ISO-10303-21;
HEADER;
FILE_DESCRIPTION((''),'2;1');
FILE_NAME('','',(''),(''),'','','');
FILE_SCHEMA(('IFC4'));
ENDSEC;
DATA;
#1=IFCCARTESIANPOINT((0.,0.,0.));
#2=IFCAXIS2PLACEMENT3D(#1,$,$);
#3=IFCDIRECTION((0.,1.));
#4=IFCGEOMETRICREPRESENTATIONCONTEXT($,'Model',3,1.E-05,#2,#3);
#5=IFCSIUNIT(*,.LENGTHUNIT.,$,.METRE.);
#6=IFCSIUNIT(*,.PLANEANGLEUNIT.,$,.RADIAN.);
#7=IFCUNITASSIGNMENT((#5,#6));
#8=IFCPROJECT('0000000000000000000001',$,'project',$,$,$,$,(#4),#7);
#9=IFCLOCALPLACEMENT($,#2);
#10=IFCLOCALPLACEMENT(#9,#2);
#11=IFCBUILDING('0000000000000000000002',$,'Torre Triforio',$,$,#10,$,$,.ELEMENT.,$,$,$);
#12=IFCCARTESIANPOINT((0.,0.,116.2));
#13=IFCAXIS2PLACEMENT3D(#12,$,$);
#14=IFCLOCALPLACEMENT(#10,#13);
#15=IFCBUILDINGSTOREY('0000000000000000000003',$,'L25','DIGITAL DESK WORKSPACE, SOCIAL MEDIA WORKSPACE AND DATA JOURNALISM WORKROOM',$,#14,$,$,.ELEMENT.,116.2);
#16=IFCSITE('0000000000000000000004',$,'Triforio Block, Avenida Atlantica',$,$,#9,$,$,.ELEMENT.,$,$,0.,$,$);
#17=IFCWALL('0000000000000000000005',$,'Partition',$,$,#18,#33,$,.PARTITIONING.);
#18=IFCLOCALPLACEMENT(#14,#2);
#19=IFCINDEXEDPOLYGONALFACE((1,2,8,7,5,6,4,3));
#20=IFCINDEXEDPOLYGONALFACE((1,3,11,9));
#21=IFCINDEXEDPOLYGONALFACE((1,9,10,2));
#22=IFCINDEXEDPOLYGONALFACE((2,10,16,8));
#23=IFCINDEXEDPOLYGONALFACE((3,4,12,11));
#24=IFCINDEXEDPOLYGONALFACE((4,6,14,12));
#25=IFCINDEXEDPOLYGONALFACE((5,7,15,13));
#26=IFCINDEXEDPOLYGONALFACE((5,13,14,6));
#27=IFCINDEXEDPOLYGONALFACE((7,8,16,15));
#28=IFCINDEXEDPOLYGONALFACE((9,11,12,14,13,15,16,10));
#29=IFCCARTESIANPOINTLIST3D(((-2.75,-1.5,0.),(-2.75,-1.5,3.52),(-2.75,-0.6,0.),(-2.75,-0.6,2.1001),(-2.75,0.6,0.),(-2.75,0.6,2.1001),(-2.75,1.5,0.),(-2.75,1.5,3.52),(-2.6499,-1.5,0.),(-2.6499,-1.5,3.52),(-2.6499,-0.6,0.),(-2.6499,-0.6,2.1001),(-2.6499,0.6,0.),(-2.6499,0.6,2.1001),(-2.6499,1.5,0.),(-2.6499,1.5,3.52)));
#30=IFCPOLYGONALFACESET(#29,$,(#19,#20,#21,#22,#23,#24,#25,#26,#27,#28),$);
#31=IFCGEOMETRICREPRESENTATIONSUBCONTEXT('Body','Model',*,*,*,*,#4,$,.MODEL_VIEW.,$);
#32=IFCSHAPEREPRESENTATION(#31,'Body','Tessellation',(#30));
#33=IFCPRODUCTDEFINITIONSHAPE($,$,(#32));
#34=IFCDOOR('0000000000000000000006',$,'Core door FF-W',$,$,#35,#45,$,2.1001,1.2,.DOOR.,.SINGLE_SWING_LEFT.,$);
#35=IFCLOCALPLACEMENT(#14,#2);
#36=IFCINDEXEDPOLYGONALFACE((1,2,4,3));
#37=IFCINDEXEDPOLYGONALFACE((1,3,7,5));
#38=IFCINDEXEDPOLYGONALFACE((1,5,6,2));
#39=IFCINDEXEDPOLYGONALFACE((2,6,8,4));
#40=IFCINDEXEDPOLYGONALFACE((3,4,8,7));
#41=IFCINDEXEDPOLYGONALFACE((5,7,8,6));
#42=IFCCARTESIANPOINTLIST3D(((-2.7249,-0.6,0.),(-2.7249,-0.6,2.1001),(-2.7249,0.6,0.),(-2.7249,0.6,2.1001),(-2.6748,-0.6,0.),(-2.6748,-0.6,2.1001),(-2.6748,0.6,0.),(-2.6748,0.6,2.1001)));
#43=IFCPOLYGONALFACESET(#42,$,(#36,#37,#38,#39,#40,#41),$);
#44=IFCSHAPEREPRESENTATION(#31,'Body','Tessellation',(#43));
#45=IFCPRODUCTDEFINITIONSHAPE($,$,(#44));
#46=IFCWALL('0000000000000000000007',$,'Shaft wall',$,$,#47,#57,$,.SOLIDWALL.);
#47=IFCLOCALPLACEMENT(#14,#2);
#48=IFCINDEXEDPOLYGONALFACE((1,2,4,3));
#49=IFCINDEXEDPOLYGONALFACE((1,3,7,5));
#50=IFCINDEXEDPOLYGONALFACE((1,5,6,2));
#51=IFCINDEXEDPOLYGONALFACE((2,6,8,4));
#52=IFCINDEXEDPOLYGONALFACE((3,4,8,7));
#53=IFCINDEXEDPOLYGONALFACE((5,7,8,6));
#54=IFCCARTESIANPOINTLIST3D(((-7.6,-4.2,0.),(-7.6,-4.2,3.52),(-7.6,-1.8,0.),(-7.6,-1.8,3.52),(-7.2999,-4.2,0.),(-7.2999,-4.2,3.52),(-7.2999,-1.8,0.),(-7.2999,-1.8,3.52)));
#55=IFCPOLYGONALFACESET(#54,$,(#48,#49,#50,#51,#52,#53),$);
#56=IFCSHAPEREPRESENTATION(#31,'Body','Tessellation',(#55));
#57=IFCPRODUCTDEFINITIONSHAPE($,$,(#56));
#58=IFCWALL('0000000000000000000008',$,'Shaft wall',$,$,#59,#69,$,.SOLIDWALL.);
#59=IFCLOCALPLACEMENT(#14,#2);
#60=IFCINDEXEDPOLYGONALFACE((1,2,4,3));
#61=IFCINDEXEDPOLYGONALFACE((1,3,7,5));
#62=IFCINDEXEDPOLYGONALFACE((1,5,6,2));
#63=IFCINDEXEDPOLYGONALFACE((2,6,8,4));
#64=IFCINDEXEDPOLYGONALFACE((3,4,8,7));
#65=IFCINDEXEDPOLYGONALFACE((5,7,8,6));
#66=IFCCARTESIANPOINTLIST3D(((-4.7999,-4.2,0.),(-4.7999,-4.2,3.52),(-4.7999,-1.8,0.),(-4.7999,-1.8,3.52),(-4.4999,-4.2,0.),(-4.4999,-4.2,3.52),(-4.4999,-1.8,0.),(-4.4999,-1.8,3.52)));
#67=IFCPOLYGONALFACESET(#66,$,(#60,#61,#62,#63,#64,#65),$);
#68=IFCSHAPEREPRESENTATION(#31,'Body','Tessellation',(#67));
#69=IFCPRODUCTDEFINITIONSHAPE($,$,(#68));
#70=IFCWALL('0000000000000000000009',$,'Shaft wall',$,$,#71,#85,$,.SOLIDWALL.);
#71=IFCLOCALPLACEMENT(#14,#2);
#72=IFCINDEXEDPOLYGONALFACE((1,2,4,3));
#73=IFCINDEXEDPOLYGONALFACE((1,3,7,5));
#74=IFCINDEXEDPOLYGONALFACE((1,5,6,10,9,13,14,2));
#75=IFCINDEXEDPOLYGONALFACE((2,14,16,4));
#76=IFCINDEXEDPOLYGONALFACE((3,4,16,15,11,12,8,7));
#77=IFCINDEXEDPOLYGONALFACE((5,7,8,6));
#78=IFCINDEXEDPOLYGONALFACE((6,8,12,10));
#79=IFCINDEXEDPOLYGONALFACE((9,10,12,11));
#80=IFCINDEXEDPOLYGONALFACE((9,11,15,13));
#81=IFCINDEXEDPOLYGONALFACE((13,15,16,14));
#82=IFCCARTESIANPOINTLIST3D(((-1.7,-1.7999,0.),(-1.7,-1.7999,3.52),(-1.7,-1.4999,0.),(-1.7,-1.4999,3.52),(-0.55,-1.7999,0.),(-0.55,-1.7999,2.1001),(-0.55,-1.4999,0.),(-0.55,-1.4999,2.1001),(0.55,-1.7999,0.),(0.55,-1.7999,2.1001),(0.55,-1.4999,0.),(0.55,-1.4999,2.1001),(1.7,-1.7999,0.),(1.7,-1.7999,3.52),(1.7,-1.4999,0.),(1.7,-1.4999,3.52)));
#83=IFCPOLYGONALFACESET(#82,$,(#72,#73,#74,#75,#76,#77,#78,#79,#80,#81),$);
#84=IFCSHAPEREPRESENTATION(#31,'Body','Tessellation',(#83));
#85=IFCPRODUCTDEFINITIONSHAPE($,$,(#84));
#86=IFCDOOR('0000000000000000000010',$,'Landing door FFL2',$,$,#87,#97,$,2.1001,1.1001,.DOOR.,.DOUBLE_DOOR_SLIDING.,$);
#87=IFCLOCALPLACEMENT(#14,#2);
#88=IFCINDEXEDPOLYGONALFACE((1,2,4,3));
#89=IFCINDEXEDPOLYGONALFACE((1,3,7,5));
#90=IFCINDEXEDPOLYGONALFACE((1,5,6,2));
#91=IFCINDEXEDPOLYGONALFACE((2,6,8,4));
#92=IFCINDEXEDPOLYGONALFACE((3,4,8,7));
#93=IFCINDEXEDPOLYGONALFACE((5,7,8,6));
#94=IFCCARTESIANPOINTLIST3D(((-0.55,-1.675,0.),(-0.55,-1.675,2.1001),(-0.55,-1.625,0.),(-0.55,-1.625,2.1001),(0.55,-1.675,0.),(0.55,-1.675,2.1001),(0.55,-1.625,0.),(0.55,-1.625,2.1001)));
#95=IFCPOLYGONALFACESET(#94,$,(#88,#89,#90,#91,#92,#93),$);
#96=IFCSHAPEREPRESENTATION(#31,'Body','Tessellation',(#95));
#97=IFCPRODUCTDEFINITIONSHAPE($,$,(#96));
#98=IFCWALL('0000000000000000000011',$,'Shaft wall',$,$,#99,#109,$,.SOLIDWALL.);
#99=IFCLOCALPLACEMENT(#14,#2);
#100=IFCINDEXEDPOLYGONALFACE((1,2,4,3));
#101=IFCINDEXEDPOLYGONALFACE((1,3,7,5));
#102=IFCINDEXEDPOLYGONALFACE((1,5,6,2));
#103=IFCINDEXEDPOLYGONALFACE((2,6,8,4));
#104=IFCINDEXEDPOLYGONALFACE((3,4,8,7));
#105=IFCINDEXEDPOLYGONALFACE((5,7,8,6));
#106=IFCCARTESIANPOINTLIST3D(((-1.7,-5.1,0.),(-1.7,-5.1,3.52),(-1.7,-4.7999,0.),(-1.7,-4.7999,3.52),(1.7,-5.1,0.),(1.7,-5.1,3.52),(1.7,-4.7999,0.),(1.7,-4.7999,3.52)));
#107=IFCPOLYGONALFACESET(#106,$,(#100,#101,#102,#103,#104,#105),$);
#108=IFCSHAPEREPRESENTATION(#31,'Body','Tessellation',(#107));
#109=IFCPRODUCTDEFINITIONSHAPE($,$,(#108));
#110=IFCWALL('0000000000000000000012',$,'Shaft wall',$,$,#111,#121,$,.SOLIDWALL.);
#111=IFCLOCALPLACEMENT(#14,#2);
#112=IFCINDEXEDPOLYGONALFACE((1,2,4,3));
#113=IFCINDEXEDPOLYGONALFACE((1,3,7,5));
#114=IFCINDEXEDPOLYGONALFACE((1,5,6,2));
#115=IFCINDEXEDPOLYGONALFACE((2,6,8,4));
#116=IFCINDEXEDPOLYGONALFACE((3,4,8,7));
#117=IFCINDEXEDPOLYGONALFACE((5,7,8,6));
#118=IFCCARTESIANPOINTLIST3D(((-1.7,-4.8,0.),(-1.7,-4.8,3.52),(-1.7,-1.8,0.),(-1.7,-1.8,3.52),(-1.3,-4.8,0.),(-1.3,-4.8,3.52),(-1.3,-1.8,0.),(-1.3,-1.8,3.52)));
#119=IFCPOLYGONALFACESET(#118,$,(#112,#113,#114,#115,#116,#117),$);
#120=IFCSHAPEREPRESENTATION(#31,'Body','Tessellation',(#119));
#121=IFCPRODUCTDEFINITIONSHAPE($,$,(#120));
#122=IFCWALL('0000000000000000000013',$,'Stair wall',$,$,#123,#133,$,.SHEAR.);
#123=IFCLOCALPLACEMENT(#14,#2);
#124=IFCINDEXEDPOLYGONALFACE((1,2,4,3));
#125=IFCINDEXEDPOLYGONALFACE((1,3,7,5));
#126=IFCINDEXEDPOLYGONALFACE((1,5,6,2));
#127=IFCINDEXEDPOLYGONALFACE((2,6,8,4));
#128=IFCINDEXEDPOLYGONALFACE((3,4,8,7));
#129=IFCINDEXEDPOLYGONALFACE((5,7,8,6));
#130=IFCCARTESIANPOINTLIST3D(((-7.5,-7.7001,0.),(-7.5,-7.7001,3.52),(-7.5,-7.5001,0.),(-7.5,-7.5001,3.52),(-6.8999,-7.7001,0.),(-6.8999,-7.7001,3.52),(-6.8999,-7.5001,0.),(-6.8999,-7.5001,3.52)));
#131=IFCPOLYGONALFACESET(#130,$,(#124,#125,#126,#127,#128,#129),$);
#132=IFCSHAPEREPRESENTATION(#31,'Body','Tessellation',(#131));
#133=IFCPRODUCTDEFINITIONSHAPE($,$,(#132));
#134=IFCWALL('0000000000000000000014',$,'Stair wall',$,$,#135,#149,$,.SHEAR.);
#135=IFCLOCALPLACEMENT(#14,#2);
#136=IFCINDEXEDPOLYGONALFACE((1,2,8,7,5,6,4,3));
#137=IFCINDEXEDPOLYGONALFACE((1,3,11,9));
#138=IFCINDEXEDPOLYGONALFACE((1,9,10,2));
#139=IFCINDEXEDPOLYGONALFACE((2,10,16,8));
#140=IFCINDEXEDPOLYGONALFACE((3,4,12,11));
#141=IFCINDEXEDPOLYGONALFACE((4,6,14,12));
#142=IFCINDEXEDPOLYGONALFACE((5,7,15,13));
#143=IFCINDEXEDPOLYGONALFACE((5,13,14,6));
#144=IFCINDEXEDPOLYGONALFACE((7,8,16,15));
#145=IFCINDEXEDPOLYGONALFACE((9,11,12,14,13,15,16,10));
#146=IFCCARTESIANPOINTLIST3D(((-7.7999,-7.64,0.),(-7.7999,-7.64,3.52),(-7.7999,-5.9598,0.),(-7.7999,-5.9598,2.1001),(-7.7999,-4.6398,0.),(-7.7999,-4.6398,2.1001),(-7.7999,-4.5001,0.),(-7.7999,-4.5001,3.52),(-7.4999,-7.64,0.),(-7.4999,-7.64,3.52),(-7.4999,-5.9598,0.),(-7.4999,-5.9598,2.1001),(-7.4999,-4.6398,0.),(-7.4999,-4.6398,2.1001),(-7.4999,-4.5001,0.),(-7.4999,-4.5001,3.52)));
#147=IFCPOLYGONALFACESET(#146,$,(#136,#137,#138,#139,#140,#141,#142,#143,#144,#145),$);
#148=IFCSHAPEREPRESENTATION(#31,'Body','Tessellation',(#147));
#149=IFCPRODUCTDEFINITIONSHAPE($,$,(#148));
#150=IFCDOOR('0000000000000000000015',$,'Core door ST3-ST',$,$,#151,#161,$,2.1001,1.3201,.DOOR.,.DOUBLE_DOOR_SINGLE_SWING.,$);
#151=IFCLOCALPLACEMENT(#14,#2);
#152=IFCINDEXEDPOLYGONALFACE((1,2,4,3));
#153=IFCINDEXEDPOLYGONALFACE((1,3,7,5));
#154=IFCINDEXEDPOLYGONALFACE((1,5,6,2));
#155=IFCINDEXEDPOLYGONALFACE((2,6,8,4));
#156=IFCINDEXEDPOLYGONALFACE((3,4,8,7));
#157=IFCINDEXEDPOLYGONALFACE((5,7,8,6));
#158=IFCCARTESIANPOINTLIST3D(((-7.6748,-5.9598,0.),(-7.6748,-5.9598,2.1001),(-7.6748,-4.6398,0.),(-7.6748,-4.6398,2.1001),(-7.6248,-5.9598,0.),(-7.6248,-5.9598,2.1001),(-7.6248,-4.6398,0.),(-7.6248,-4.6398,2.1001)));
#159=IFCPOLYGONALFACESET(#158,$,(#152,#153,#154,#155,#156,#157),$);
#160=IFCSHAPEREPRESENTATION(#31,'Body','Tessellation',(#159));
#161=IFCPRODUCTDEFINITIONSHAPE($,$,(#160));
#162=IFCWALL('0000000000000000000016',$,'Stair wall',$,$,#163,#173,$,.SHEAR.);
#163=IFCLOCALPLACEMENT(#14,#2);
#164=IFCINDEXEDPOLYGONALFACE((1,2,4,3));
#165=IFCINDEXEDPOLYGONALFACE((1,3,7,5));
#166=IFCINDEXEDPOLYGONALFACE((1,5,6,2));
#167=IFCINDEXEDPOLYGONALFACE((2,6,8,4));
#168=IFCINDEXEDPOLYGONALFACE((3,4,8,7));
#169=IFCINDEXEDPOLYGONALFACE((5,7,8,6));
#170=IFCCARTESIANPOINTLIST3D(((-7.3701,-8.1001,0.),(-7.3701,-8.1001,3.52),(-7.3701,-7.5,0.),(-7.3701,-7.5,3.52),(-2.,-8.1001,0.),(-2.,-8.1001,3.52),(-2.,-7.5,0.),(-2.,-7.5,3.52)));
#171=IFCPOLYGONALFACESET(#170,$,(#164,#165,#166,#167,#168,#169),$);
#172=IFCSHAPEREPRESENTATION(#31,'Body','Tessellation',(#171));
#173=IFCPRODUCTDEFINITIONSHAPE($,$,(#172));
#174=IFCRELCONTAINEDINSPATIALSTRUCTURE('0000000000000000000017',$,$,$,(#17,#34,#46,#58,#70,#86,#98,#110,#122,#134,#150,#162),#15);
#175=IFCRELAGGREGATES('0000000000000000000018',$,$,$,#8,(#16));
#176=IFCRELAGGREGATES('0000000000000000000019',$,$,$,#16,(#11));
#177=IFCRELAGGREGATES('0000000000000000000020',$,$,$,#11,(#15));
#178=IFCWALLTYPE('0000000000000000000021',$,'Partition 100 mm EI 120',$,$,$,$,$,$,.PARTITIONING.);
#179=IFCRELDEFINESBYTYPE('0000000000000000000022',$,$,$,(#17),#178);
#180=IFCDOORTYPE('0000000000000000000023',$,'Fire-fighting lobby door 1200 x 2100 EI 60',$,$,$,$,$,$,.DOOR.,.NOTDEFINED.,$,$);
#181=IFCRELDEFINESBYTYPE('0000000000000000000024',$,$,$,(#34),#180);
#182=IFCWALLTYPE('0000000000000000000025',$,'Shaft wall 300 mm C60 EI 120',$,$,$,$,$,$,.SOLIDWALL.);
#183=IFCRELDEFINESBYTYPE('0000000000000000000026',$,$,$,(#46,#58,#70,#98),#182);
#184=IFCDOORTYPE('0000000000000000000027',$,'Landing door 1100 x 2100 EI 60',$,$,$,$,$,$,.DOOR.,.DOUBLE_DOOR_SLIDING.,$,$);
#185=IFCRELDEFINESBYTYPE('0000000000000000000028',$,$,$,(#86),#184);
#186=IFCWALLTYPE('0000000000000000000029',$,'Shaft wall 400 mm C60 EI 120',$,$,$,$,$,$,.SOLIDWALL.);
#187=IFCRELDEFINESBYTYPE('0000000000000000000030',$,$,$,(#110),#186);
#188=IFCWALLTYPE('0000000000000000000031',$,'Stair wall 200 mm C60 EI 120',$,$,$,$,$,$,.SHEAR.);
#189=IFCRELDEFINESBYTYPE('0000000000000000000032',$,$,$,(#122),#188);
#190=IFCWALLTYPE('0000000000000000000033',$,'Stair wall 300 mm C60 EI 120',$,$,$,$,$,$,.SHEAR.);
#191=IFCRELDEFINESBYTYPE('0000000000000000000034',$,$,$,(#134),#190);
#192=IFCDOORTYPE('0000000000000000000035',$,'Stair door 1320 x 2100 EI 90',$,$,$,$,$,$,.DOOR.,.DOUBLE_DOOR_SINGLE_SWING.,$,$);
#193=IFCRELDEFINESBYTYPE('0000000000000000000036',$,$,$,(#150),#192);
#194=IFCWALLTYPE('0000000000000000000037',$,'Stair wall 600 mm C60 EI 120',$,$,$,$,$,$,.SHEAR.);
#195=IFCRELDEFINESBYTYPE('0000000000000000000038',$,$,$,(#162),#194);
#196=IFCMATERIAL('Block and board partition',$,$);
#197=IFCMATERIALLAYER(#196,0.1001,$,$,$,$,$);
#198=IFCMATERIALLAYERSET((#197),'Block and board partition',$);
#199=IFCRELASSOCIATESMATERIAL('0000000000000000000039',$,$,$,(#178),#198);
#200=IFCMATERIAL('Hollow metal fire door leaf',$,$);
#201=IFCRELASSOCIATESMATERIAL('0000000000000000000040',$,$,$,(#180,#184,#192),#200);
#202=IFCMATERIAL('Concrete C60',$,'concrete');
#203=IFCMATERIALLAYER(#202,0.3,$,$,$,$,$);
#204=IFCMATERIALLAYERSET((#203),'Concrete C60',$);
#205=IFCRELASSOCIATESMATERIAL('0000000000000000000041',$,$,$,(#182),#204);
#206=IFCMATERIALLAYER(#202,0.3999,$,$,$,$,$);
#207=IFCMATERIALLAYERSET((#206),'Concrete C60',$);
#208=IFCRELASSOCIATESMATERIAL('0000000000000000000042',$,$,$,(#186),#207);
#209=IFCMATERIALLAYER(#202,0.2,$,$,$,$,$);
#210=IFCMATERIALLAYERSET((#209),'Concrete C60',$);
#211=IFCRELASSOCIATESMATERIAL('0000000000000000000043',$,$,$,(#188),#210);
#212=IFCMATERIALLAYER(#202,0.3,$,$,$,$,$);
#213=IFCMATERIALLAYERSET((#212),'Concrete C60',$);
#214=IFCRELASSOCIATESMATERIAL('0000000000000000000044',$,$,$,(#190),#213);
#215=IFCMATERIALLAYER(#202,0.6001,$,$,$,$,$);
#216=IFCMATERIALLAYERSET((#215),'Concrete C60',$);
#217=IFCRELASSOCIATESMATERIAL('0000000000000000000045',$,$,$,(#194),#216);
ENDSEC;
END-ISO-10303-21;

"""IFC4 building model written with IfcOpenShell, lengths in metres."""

from ifc_helpers import new_model, si_unit, direction, frame, frame_2d, origin, place, context, subcontext, project, spatial, rectangle, extrude, material, layer, layer_set, type_object, element, fill, save


model = new_model("IFC4")

# Units and contexts
model_context = context("Model", 3, precision=1e-05, world=origin(), true_north=direction((0.0, 1.0)))
body_context = subcontext(model_context, "Body", "Model", "MODEL_VIEW")
ifc_project = project(units=[si_unit("LENGTHUNIT", "METRE"), si_unit("PLANEANGLEUNIT", "RADIAN")], contexts=[model_context])

# Site, building, storey
site_placement = place(None, origin())
site = spatial("IfcSite", under=ifc_project, at=site_placement, Name="Triforio Block, Avenida Atlantica", CompositionType="ELEMENT", RefElevation=0.0)
building_placement = place(site_placement, origin())
building = spatial("IfcBuilding", under=site, at=building_placement, Name="Torre Triforio", CompositionType="ELEMENT")
storey_placement = place(building_placement, frame((0.0, 0.0, 116.2)))
storey = spatial("IfcBuildingStorey", under=building, at=storey_placement, Name="L25", Description="DIGITAL DESK WORKSPACE, SOCIAL MEDIA WORKSPACE AND DATA JOURNALISM WORKROOM", CompositionType="ELEMENT", Elevation=116.2)

# Wall, opening, door
ifc_material_1 = material(Name="Block and board partition")
ifc_layer_1 = layer(ifc_material_1, 0.1001)
ifc_layer_set_1 = layer_set([ifc_layer_1], Name="Block and board partition")
wall_type_1 = type_object("IfcWallType", Name="Partition 100 mm EI 120", PredefinedType="PARTITIONING", material=ifc_layer_set_1)
wall_1_placement = place(storey_placement, frame((-2.7, -1.5, 0.0), z_axis=(0.0, 0.0, 1.0), x_axis=(0.0, 1.0, 0.0)))
wall_1 = element("IfcWall", 1, at=wall_1_placement, inside=storey, type_object=wall_type_1, Name="Partition", PredefinedType="PARTITIONING", context=body_context, shape_type="SweptSolid", body=[
    extrude(rectangle(XDim=3.0, YDim=0.1001, at=frame_2d((1.5, 0.0))), origin(), (0.0, 0.0, 1.0), 3.52),
])
opening_1_placement = place(wall_1_placement, frame((0.8999, 0.0, 0.0)))
opening_1 = element("IfcOpeningElement", 2, at=opening_1_placement, cuts=wall_1, PredefinedType="OPENING", context=body_context, shape_type="SweptSolid", body=[
    extrude(rectangle(XDim=1.2, YDim=2.1001, at=frame_2d((0.6001, 1.05))), frame((0.0, 0.0601, 0.0), z_axis=(0.0, -1.0, 0.0), x_axis=(1.0, 0.0, 0.0)), (0.0, 0.0, 1.0), 0.1201),
])
ifc_material_2 = material(Name="Hollow metal fire door leaf")
door_type_1 = type_object("IfcDoorType", Name="Fire-fighting lobby door 1200 x 2100 EI 60", OperationType="NOTDEFINED", PredefinedType="DOOR", material=ifc_material_2)
door_1_placement = place(opening_1_placement, origin())
door_1 = element("IfcDoor", 3, at=door_1_placement, inside=storey, type_object=door_type_1, Name="Core door FF-W", OperationType="SINGLE_SWING_LEFT", OverallHeight=2.1001, OverallWidth=1.2, PredefinedType="DOOR", context=body_context, shape_type="SweptSolid", body=[
    extrude(rectangle(XDim=1.2, YDim=2.1001, at=frame_2d((0.6001, 1.05))), frame((0.0, 0.0249, 0.0), z_axis=(0.0, -1.0, 0.0), x_axis=(1.0, 0.0, 0.0)), (0.0, 0.0, 1.0), 0.05),
])
fill(opening_1, door_1)

# Walls
ifc_material_3 = material(Name="Concrete C60", Category="concrete")
ifc_layer_2 = layer(ifc_material_3, 0.3)
ifc_layer_set_2 = layer_set([ifc_layer_2], Name="Concrete C60")
wall_type_2 = type_object("IfcWallType", Name="Shaft wall 300 mm C60 EI 120", PredefinedType="SOLIDWALL", material=ifc_layer_set_2)
for number, where, z_axis, x_axis, name in (
    (4, (-7.45, -4.2, 0.0), (0.0, 0.0, 1.0), (0.0, 1.0, 0.0), "Shaft wall"),
    (5, (-4.6499, -4.2, 0.0), (0.0, 0.0, 1.0), (0.0, 1.0, 0.0), "Shaft wall"),
):
    element("IfcWall", number, at=place(storey_placement, frame(where, z_axis=z_axis, x_axis=x_axis)), inside=storey, type_object=wall_type_2, Name=name, PredefinedType="SOLIDWALL", context=body_context, shape_type="SweptSolid", body=[
        extrude(rectangle(XDim=2.3999, YDim=0.3, at=frame_2d((1.2, 0.0))), origin(), (0.0, 0.0, 1.0), 3.52),
    ])

# Wall, opening, door
wall_2_placement = place(storey_placement, frame((-1.7, -1.6499, 0.0), z_axis=(0.0, 0.0, 1.0), x_axis=(1.0, 0.0, 0.0)))
wall_2 = element("IfcWall", 6, at=wall_2_placement, inside=storey, type_object=wall_type_2, Name="Shaft wall", PredefinedType="SOLIDWALL", context=body_context, shape_type="SweptSolid", body=[
    extrude(rectangle(XDim=3.3999, YDim=0.3, at=frame_2d((1.7, 0.0))), origin(), (0.0, 0.0, 1.0), 3.52),
])
opening_2_placement = place(wall_2_placement, frame((1.1499, 0.0, 0.0)))
opening_2 = element("IfcOpeningElement", 7, at=opening_2_placement, cuts=wall_2, PredefinedType="OPENING", context=body_context, shape_type="SweptSolid", body=[
    extrude(rectangle(XDim=1.1001, YDim=2.1001, at=frame_2d((0.55, 1.05))), frame((0.0, 0.1599, 0.0), z_axis=(0.0, -1.0, 0.0), x_axis=(1.0, 0.0, 0.0)), (0.0, 0.0, 1.0), 0.3201),
])
door_type_2 = type_object("IfcDoorType", Name="Landing door 1100 x 2100 EI 60", OperationType="DOUBLE_DOOR_SLIDING", PredefinedType="DOOR", material=ifc_material_2)
door_2_placement = place(opening_2_placement, origin())
door_2 = element("IfcDoor", 8, at=door_2_placement, inside=storey, type_object=door_type_2, Name="Landing door FFL2", OperationType="DOUBLE_DOOR_SLIDING", OverallHeight=2.1001, OverallWidth=1.1001, PredefinedType="DOOR", context=body_context, shape_type="SweptSolid", body=[
    extrude(rectangle(XDim=1.1001, YDim=2.1001, at=frame_2d((0.55, 1.05))), frame((0.0, 0.0249, 0.0), z_axis=(0.0, -1.0, 0.0), x_axis=(1.0, 0.0, 0.0)), (0.0, 0.0, 1.0), 0.05),
])
fill(opening_2, door_2)

# Walls
wall_3_placement = place(storey_placement, frame((-1.7, -4.95, 0.0), z_axis=(0.0, 0.0, 1.0), x_axis=(1.0, 0.0, 0.0)))
element("IfcWall", 9, at=wall_3_placement, inside=storey, type_object=wall_type_2, Name="Shaft wall", PredefinedType="SOLIDWALL", context=body_context, shape_type="SweptSolid", body=[
    extrude(rectangle(XDim=3.3999, YDim=0.3, at=frame_2d((1.7, 0.0))), origin(), (0.0, 0.0, 1.0), 3.52),
])
ifc_layer_3 = layer(ifc_material_3, 0.3999)
ifc_layer_set_3 = layer_set([ifc_layer_3], Name="Concrete C60")
wall_type_3 = type_object("IfcWallType", Name="Shaft wall 400 mm C60 EI 120", PredefinedType="SOLIDWALL", material=ifc_layer_set_3)
wall_4_placement = place(storey_placement, frame((-1.5, -4.8, 0.0), z_axis=(0.0, 0.0, 1.0), x_axis=(0.0, 1.0, 0.0)))
element("IfcWall", 10, at=wall_4_placement, inside=storey, type_object=wall_type_3, Name="Shaft wall", PredefinedType="SOLIDWALL", context=body_context, shape_type="SweptSolid", body=[
    extrude(rectangle(XDim=3.0, YDim=0.3999, at=frame_2d((1.5, 0.0))), origin(), (0.0, 0.0, 1.0), 3.52),
])
ifc_layer_4 = layer(ifc_material_3, 0.2)
ifc_layer_set_4 = layer_set([ifc_layer_4], Name="Concrete C60")
wall_type_4 = type_object("IfcWallType", Name="Stair wall 200 mm C60 EI 120", PredefinedType="SHEAR", material=ifc_layer_set_4)
wall_5_placement = place(storey_placement, frame((-7.5, -7.6001, 0.0), z_axis=(0.0, 0.0, 1.0), x_axis=(1.0, 0.0, 0.0)))
element("IfcWall", 11, at=wall_5_placement, inside=storey, type_object=wall_type_4, Name="Stair wall", PredefinedType="SHEAR", context=body_context, shape_type="SweptSolid", body=[
    extrude(rectangle(XDim=0.6001, YDim=0.2, at=frame_2d((0.3, 0.0))), origin(), (0.0, 0.0, 1.0), 3.52),
])

# Wall, opening, door
ifc_layer_5 = layer(ifc_material_3, 0.3)
ifc_layer_set_5 = layer_set([ifc_layer_5], Name="Concrete C60")
wall_type_5 = type_object("IfcWallType", Name="Stair wall 300 mm C60 EI 120", PredefinedType="SHEAR", material=ifc_layer_set_5)
wall_6_placement = place(storey_placement, frame((-7.6499, -7.6399, 0.0), z_axis=(0.0, 0.0, 1.0), x_axis=(0.0, 1.0, 0.0)))
wall_6 = element("IfcWall", 12, at=wall_6_placement, inside=storey, type_object=wall_type_5, Name="Stair wall", PredefinedType="SHEAR", context=body_context, shape_type="SweptSolid", body=[
    extrude(rectangle(XDim=3.1399, YDim=0.3, at=frame_2d((1.5698, 0.0))), origin(), (0.0, 0.0, 1.0), 3.52),
])
opening_3_placement = place(wall_6_placement, frame((1.6799, 0.0, 0.0)))
opening_3 = element("IfcOpeningElement", 13, at=opening_3_placement, cuts=wall_6, PredefinedType="OPENING", context=body_context, shape_type="SweptSolid", body=[
    extrude(rectangle(XDim=1.3201, YDim=2.1001, at=frame_2d((0.6602, 1.05))), frame((0.0, 0.1599, 0.0), z_axis=(0.0, -1.0, 0.0), x_axis=(1.0, 0.0, 0.0)), (0.0, 0.0, 1.0), 0.3201),
])
door_type_3 = type_object("IfcDoorType", Name="Stair door 1320 x 2100 EI 90", OperationType="DOUBLE_DOOR_SINGLE_SWING", PredefinedType="DOOR", material=ifc_material_2)
door_3_placement = place(opening_3_placement, origin())
door_3 = element("IfcDoor", 14, at=door_3_placement, inside=storey, type_object=door_type_3, Name="Core door ST3-ST", OperationType="DOUBLE_DOOR_SINGLE_SWING", OverallHeight=2.1001, OverallWidth=1.3201, PredefinedType="DOOR", context=body_context, shape_type="SweptSolid", body=[
    extrude(rectangle(XDim=1.3201, YDim=2.1001, at=frame_2d((0.6602, 1.05))), frame((0.0, 0.0249, 0.0), z_axis=(0.0, -1.0, 0.0), x_axis=(1.0, 0.0, 0.0)), (0.0, 0.0, 1.0), 0.05),
])
fill(opening_3, door_3)

# Wall
ifc_layer_6 = layer(ifc_material_3, 0.6001)
ifc_layer_set_6 = layer_set([ifc_layer_6], Name="Concrete C60")
wall_type_6 = type_object("IfcWallType", Name="Stair wall 600 mm C60 EI 120", PredefinedType="SHEAR", material=ifc_layer_set_6)
wall_7_placement = place(storey_placement, frame((-7.3701, -7.8, 0.0), z_axis=(0.0, 0.0, 1.0), x_axis=(1.0, 0.0, 0.0)))
element("IfcWall", 15, at=wall_7_placement, inside=storey, type_object=wall_type_6, Name="Stair wall", PredefinedType="SHEAR", context=body_context, shape_type="SweptSolid", body=[
    extrude(rectangle(XDim=5.3701, YDim=0.6001, at=frame_2d((2.6851, 0.0))), origin(), (0.0, 0.0, 1.0), 3.52),
])

save(model, "model.ifc")
